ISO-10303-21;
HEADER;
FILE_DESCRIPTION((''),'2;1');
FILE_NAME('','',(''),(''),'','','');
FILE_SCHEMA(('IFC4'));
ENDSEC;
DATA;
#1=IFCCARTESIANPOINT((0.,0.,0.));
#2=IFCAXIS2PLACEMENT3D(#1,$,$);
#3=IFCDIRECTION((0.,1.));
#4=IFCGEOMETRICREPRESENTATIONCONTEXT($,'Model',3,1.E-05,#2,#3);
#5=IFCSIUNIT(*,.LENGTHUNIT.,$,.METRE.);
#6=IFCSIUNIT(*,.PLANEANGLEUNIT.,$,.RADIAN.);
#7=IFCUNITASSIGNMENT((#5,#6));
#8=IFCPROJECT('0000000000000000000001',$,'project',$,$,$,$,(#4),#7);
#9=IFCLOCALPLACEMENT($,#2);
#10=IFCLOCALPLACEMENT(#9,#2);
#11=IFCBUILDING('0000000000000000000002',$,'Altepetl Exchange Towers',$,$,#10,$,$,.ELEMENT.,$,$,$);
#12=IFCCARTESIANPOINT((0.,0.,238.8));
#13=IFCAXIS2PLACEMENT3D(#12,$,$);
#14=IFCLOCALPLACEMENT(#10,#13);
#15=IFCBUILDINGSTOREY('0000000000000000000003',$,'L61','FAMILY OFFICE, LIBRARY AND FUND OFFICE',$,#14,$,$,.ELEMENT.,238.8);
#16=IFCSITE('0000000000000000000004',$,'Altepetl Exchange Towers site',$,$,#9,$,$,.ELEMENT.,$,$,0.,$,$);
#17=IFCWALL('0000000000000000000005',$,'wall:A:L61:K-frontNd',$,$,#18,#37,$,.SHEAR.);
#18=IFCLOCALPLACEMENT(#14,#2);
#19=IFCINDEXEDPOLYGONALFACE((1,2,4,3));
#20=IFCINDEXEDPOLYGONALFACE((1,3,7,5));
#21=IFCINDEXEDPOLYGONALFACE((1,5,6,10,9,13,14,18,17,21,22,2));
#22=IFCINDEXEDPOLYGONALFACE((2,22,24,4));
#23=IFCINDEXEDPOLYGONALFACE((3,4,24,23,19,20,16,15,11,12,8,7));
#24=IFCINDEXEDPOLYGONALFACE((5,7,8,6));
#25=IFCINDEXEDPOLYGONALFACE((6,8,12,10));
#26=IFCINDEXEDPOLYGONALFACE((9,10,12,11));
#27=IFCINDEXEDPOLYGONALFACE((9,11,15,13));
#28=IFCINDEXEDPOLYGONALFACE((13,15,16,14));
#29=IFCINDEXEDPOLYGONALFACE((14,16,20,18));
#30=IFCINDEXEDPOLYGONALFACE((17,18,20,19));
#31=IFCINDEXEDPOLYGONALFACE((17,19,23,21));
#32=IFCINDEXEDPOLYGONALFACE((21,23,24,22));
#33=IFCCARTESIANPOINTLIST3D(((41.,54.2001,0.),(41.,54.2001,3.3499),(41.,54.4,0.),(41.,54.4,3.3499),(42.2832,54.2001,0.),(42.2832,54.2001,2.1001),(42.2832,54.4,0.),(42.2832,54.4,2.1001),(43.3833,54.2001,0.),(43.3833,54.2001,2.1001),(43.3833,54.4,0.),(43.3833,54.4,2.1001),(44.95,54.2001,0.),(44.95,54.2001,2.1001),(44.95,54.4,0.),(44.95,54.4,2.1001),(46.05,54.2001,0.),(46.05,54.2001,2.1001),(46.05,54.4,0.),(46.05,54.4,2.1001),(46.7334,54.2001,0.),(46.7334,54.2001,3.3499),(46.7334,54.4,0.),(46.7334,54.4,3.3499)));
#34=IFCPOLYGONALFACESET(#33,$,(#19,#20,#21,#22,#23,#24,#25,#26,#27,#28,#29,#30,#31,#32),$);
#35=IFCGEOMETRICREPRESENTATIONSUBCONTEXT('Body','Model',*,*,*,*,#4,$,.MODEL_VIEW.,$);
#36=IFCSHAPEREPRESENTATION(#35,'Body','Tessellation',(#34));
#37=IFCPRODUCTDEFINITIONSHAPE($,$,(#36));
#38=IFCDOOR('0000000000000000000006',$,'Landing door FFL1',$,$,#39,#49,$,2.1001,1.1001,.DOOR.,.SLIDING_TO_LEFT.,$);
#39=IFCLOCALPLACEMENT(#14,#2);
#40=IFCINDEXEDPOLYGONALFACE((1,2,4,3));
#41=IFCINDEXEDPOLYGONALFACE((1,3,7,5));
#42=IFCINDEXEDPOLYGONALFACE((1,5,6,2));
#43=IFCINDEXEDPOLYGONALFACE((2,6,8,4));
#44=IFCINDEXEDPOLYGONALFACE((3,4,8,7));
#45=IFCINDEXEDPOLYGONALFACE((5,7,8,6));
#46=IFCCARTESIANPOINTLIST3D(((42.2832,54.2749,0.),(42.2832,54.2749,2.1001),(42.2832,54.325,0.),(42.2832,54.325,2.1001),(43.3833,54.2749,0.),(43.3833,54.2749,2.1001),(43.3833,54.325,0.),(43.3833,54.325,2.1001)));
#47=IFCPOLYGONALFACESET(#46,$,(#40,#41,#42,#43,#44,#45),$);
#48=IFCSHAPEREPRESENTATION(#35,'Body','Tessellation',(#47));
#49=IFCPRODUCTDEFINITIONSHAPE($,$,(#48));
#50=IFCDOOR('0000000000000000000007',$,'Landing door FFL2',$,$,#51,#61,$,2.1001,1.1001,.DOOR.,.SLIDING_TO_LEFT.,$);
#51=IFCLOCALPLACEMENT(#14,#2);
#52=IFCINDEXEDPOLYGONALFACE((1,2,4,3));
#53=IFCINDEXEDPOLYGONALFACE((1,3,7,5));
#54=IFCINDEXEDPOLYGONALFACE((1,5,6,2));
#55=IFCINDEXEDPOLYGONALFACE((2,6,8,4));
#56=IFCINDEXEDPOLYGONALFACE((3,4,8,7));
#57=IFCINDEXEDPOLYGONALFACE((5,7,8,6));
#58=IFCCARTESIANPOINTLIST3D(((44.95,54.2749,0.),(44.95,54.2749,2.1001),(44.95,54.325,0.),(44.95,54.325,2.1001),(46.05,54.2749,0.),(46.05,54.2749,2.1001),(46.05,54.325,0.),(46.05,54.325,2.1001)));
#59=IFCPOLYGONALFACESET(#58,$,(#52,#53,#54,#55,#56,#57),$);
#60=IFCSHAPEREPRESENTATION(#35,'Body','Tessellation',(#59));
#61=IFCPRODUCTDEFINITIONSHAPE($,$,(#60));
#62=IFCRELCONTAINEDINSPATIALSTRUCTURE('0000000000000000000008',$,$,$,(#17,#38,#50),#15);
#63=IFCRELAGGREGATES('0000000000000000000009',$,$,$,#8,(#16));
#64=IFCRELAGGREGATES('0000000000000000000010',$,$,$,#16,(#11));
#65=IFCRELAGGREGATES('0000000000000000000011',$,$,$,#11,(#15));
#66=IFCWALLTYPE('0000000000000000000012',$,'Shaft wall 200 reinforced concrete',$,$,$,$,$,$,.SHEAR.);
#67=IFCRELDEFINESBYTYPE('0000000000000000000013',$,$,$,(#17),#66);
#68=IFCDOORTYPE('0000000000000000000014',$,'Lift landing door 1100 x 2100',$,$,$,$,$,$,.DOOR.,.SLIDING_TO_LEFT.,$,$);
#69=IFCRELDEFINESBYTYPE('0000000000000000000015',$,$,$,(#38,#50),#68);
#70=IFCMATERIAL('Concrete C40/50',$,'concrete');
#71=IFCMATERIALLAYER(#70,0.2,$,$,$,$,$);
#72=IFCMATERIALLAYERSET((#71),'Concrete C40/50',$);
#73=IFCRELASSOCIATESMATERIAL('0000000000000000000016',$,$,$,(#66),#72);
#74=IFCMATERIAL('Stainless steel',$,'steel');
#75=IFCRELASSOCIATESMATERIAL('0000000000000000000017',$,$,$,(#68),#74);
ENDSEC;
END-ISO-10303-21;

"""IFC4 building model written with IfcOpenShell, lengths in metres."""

from ifc_helpers import new_model, si_unit, direction, frame, frame_2d, origin, place, context, subcontext, project, spatial, rectangle, extrude, material, layer, layer_set, type_object, element, fill, save


model = new_model("IFC4")

# Units and contexts
model_context = context("Model", 3, precision=1e-05, world=origin(), true_north=direction((0.0, 1.0)))
body_context = subcontext(model_context, "Body", "Model", "MODEL_VIEW")
ifc_project = project(units=[si_unit("LENGTHUNIT", "METRE"), si_unit("PLANEANGLEUNIT", "RADIAN")], contexts=[model_context])

# Site, building, storey
site_placement = place(None, origin())
site = spatial("IfcSite", under=ifc_project, at=site_placement, Name="Altepetl Exchange Towers site", CompositionType="ELEMENT", RefElevation=0.0)
building_placement = place(site_placement, origin())
building = spatial("IfcBuilding", under=site, at=building_placement, Name="Altepetl Exchange Towers", CompositionType="ELEMENT")
storey_placement = place(building_placement, frame((0.0, 0.0, 238.8)))
storey = spatial("IfcBuildingStorey", under=building, at=storey_placement, Name="L61", Description="FAMILY OFFICE, LIBRARY AND FUND OFFICE", CompositionType="ELEMENT", Elevation=238.8)

# Shared definitions
ifc_material_1 = material(Name="Concrete C40/50", Category="concrete")
ifc_layer_1 = layer(ifc_material_1, 0.2)
ifc_layer_set_1 = layer_set([ifc_layer_1], Name="Concrete C40/50")
wall_type_1 = type_object("IfcWallType", Name="Shaft wall 200 reinforced concrete", PredefinedType="SHEAR", material=ifc_layer_set_1)

# Wall, openings, doors
ifc_material_2 = material(Name="Stainless steel", Category="steel")
wall_1_placement = place(storey_placement, frame((41.0, 54.3, 0.0)))
wall_1 = element("IfcWall", 1, at=wall_1_placement, inside=storey, type_object=wall_type_1, Name="wall:A:L61:K-frontNd", PredefinedType="SHEAR", context=body_context, shape_type="SweptSolid", body=[
    extrude(rectangle(XDim=5.7334, YDim=0.2, at=frame_2d((2.8667, 0.0))), origin(), (0.0, 0.0, 1.0), 3.3499),
])
opening_1_placement = place(wall_1_placement, frame((1.2832, 0.0, 0.0)))
opening_1 = element("IfcOpeningElement", 2, at=opening_1_placement, cuts=wall_1, PredefinedType="OPENING", context=body_context, shape_type="SweptSolid", body=[
    extrude(rectangle(XDim=1.1001, YDim=2.1001, at=frame_2d((0.55, 1.05))), frame((0.0, 0.1099, 0.0), z_axis=(0.0, -1.0, 0.0), x_axis=(1.0, 0.0, 0.0)), (0.0, 0.0, 1.0), 0.22),
])
opening_2_placement = place(wall_1_placement, frame((3.95, 0.0, 0.0)))
opening_2 = element("IfcOpeningElement", 3, at=opening_2_placement, cuts=wall_1, PredefinedType="OPENING", context=body_context, shape_type="SweptSolid", body=[
    extrude(rectangle(XDim=1.1001, YDim=2.1001, at=frame_2d((0.55, 1.05))), frame((0.0, 0.1099, 0.0), z_axis=(0.0, -1.0, 0.0), x_axis=(1.0, 0.0, 0.0)), (0.0, 0.0, 1.0), 0.22),
])
door_type_1 = type_object("IfcDoorType", Name="Lift landing door 1100 x 2100", OperationType="SLIDING_TO_LEFT", PredefinedType="DOOR", material=ifc_material_2)
door_1_placement = place(opening_1_placement, origin())
door_1 = element("IfcDoor", 4, at=door_1_placement, inside=storey, type_object=door_type_1, Name="Landing door FFL1", OperationType="SLIDING_TO_LEFT", OverallHeight=2.1001, OverallWidth=1.1001, PredefinedType="DOOR", context=body_context, shape_type="SweptSolid", body=[
    extrude(rectangle(XDim=1.1001, YDim=2.1001, at=frame_2d((0.55, 1.05))), frame((0.0, 0.0249, 0.0), z_axis=(0.0, -1.0, 0.0), x_axis=(1.0, 0.0, 0.0)), (0.0, 0.0, 1.0), 0.05),
])
fill(opening_1, door_1)
door_2_placement = place(opening_2_placement, origin())
door_2 = element("IfcDoor", 5, at=door_2_placement, inside=storey, type_object=door_type_1, Name="Landing door FFL2", OperationType="SLIDING_TO_LEFT", OverallHeight=2.1001, OverallWidth=1.1001, PredefinedType="DOOR", context=body_context, shape_type="SweptSolid", body=[
    extrude(rectangle(XDim=1.1001, YDim=2.1001, at=frame_2d((0.55, 1.05))), frame((0.0, 0.0249, 0.0), z_axis=(0.0, -1.0, 0.0), x_axis=(1.0, 0.0, 0.0)), (0.0, 0.0, 1.0), 0.05),
])
fill(opening_2, door_2)

save(model, "model.ifc")
